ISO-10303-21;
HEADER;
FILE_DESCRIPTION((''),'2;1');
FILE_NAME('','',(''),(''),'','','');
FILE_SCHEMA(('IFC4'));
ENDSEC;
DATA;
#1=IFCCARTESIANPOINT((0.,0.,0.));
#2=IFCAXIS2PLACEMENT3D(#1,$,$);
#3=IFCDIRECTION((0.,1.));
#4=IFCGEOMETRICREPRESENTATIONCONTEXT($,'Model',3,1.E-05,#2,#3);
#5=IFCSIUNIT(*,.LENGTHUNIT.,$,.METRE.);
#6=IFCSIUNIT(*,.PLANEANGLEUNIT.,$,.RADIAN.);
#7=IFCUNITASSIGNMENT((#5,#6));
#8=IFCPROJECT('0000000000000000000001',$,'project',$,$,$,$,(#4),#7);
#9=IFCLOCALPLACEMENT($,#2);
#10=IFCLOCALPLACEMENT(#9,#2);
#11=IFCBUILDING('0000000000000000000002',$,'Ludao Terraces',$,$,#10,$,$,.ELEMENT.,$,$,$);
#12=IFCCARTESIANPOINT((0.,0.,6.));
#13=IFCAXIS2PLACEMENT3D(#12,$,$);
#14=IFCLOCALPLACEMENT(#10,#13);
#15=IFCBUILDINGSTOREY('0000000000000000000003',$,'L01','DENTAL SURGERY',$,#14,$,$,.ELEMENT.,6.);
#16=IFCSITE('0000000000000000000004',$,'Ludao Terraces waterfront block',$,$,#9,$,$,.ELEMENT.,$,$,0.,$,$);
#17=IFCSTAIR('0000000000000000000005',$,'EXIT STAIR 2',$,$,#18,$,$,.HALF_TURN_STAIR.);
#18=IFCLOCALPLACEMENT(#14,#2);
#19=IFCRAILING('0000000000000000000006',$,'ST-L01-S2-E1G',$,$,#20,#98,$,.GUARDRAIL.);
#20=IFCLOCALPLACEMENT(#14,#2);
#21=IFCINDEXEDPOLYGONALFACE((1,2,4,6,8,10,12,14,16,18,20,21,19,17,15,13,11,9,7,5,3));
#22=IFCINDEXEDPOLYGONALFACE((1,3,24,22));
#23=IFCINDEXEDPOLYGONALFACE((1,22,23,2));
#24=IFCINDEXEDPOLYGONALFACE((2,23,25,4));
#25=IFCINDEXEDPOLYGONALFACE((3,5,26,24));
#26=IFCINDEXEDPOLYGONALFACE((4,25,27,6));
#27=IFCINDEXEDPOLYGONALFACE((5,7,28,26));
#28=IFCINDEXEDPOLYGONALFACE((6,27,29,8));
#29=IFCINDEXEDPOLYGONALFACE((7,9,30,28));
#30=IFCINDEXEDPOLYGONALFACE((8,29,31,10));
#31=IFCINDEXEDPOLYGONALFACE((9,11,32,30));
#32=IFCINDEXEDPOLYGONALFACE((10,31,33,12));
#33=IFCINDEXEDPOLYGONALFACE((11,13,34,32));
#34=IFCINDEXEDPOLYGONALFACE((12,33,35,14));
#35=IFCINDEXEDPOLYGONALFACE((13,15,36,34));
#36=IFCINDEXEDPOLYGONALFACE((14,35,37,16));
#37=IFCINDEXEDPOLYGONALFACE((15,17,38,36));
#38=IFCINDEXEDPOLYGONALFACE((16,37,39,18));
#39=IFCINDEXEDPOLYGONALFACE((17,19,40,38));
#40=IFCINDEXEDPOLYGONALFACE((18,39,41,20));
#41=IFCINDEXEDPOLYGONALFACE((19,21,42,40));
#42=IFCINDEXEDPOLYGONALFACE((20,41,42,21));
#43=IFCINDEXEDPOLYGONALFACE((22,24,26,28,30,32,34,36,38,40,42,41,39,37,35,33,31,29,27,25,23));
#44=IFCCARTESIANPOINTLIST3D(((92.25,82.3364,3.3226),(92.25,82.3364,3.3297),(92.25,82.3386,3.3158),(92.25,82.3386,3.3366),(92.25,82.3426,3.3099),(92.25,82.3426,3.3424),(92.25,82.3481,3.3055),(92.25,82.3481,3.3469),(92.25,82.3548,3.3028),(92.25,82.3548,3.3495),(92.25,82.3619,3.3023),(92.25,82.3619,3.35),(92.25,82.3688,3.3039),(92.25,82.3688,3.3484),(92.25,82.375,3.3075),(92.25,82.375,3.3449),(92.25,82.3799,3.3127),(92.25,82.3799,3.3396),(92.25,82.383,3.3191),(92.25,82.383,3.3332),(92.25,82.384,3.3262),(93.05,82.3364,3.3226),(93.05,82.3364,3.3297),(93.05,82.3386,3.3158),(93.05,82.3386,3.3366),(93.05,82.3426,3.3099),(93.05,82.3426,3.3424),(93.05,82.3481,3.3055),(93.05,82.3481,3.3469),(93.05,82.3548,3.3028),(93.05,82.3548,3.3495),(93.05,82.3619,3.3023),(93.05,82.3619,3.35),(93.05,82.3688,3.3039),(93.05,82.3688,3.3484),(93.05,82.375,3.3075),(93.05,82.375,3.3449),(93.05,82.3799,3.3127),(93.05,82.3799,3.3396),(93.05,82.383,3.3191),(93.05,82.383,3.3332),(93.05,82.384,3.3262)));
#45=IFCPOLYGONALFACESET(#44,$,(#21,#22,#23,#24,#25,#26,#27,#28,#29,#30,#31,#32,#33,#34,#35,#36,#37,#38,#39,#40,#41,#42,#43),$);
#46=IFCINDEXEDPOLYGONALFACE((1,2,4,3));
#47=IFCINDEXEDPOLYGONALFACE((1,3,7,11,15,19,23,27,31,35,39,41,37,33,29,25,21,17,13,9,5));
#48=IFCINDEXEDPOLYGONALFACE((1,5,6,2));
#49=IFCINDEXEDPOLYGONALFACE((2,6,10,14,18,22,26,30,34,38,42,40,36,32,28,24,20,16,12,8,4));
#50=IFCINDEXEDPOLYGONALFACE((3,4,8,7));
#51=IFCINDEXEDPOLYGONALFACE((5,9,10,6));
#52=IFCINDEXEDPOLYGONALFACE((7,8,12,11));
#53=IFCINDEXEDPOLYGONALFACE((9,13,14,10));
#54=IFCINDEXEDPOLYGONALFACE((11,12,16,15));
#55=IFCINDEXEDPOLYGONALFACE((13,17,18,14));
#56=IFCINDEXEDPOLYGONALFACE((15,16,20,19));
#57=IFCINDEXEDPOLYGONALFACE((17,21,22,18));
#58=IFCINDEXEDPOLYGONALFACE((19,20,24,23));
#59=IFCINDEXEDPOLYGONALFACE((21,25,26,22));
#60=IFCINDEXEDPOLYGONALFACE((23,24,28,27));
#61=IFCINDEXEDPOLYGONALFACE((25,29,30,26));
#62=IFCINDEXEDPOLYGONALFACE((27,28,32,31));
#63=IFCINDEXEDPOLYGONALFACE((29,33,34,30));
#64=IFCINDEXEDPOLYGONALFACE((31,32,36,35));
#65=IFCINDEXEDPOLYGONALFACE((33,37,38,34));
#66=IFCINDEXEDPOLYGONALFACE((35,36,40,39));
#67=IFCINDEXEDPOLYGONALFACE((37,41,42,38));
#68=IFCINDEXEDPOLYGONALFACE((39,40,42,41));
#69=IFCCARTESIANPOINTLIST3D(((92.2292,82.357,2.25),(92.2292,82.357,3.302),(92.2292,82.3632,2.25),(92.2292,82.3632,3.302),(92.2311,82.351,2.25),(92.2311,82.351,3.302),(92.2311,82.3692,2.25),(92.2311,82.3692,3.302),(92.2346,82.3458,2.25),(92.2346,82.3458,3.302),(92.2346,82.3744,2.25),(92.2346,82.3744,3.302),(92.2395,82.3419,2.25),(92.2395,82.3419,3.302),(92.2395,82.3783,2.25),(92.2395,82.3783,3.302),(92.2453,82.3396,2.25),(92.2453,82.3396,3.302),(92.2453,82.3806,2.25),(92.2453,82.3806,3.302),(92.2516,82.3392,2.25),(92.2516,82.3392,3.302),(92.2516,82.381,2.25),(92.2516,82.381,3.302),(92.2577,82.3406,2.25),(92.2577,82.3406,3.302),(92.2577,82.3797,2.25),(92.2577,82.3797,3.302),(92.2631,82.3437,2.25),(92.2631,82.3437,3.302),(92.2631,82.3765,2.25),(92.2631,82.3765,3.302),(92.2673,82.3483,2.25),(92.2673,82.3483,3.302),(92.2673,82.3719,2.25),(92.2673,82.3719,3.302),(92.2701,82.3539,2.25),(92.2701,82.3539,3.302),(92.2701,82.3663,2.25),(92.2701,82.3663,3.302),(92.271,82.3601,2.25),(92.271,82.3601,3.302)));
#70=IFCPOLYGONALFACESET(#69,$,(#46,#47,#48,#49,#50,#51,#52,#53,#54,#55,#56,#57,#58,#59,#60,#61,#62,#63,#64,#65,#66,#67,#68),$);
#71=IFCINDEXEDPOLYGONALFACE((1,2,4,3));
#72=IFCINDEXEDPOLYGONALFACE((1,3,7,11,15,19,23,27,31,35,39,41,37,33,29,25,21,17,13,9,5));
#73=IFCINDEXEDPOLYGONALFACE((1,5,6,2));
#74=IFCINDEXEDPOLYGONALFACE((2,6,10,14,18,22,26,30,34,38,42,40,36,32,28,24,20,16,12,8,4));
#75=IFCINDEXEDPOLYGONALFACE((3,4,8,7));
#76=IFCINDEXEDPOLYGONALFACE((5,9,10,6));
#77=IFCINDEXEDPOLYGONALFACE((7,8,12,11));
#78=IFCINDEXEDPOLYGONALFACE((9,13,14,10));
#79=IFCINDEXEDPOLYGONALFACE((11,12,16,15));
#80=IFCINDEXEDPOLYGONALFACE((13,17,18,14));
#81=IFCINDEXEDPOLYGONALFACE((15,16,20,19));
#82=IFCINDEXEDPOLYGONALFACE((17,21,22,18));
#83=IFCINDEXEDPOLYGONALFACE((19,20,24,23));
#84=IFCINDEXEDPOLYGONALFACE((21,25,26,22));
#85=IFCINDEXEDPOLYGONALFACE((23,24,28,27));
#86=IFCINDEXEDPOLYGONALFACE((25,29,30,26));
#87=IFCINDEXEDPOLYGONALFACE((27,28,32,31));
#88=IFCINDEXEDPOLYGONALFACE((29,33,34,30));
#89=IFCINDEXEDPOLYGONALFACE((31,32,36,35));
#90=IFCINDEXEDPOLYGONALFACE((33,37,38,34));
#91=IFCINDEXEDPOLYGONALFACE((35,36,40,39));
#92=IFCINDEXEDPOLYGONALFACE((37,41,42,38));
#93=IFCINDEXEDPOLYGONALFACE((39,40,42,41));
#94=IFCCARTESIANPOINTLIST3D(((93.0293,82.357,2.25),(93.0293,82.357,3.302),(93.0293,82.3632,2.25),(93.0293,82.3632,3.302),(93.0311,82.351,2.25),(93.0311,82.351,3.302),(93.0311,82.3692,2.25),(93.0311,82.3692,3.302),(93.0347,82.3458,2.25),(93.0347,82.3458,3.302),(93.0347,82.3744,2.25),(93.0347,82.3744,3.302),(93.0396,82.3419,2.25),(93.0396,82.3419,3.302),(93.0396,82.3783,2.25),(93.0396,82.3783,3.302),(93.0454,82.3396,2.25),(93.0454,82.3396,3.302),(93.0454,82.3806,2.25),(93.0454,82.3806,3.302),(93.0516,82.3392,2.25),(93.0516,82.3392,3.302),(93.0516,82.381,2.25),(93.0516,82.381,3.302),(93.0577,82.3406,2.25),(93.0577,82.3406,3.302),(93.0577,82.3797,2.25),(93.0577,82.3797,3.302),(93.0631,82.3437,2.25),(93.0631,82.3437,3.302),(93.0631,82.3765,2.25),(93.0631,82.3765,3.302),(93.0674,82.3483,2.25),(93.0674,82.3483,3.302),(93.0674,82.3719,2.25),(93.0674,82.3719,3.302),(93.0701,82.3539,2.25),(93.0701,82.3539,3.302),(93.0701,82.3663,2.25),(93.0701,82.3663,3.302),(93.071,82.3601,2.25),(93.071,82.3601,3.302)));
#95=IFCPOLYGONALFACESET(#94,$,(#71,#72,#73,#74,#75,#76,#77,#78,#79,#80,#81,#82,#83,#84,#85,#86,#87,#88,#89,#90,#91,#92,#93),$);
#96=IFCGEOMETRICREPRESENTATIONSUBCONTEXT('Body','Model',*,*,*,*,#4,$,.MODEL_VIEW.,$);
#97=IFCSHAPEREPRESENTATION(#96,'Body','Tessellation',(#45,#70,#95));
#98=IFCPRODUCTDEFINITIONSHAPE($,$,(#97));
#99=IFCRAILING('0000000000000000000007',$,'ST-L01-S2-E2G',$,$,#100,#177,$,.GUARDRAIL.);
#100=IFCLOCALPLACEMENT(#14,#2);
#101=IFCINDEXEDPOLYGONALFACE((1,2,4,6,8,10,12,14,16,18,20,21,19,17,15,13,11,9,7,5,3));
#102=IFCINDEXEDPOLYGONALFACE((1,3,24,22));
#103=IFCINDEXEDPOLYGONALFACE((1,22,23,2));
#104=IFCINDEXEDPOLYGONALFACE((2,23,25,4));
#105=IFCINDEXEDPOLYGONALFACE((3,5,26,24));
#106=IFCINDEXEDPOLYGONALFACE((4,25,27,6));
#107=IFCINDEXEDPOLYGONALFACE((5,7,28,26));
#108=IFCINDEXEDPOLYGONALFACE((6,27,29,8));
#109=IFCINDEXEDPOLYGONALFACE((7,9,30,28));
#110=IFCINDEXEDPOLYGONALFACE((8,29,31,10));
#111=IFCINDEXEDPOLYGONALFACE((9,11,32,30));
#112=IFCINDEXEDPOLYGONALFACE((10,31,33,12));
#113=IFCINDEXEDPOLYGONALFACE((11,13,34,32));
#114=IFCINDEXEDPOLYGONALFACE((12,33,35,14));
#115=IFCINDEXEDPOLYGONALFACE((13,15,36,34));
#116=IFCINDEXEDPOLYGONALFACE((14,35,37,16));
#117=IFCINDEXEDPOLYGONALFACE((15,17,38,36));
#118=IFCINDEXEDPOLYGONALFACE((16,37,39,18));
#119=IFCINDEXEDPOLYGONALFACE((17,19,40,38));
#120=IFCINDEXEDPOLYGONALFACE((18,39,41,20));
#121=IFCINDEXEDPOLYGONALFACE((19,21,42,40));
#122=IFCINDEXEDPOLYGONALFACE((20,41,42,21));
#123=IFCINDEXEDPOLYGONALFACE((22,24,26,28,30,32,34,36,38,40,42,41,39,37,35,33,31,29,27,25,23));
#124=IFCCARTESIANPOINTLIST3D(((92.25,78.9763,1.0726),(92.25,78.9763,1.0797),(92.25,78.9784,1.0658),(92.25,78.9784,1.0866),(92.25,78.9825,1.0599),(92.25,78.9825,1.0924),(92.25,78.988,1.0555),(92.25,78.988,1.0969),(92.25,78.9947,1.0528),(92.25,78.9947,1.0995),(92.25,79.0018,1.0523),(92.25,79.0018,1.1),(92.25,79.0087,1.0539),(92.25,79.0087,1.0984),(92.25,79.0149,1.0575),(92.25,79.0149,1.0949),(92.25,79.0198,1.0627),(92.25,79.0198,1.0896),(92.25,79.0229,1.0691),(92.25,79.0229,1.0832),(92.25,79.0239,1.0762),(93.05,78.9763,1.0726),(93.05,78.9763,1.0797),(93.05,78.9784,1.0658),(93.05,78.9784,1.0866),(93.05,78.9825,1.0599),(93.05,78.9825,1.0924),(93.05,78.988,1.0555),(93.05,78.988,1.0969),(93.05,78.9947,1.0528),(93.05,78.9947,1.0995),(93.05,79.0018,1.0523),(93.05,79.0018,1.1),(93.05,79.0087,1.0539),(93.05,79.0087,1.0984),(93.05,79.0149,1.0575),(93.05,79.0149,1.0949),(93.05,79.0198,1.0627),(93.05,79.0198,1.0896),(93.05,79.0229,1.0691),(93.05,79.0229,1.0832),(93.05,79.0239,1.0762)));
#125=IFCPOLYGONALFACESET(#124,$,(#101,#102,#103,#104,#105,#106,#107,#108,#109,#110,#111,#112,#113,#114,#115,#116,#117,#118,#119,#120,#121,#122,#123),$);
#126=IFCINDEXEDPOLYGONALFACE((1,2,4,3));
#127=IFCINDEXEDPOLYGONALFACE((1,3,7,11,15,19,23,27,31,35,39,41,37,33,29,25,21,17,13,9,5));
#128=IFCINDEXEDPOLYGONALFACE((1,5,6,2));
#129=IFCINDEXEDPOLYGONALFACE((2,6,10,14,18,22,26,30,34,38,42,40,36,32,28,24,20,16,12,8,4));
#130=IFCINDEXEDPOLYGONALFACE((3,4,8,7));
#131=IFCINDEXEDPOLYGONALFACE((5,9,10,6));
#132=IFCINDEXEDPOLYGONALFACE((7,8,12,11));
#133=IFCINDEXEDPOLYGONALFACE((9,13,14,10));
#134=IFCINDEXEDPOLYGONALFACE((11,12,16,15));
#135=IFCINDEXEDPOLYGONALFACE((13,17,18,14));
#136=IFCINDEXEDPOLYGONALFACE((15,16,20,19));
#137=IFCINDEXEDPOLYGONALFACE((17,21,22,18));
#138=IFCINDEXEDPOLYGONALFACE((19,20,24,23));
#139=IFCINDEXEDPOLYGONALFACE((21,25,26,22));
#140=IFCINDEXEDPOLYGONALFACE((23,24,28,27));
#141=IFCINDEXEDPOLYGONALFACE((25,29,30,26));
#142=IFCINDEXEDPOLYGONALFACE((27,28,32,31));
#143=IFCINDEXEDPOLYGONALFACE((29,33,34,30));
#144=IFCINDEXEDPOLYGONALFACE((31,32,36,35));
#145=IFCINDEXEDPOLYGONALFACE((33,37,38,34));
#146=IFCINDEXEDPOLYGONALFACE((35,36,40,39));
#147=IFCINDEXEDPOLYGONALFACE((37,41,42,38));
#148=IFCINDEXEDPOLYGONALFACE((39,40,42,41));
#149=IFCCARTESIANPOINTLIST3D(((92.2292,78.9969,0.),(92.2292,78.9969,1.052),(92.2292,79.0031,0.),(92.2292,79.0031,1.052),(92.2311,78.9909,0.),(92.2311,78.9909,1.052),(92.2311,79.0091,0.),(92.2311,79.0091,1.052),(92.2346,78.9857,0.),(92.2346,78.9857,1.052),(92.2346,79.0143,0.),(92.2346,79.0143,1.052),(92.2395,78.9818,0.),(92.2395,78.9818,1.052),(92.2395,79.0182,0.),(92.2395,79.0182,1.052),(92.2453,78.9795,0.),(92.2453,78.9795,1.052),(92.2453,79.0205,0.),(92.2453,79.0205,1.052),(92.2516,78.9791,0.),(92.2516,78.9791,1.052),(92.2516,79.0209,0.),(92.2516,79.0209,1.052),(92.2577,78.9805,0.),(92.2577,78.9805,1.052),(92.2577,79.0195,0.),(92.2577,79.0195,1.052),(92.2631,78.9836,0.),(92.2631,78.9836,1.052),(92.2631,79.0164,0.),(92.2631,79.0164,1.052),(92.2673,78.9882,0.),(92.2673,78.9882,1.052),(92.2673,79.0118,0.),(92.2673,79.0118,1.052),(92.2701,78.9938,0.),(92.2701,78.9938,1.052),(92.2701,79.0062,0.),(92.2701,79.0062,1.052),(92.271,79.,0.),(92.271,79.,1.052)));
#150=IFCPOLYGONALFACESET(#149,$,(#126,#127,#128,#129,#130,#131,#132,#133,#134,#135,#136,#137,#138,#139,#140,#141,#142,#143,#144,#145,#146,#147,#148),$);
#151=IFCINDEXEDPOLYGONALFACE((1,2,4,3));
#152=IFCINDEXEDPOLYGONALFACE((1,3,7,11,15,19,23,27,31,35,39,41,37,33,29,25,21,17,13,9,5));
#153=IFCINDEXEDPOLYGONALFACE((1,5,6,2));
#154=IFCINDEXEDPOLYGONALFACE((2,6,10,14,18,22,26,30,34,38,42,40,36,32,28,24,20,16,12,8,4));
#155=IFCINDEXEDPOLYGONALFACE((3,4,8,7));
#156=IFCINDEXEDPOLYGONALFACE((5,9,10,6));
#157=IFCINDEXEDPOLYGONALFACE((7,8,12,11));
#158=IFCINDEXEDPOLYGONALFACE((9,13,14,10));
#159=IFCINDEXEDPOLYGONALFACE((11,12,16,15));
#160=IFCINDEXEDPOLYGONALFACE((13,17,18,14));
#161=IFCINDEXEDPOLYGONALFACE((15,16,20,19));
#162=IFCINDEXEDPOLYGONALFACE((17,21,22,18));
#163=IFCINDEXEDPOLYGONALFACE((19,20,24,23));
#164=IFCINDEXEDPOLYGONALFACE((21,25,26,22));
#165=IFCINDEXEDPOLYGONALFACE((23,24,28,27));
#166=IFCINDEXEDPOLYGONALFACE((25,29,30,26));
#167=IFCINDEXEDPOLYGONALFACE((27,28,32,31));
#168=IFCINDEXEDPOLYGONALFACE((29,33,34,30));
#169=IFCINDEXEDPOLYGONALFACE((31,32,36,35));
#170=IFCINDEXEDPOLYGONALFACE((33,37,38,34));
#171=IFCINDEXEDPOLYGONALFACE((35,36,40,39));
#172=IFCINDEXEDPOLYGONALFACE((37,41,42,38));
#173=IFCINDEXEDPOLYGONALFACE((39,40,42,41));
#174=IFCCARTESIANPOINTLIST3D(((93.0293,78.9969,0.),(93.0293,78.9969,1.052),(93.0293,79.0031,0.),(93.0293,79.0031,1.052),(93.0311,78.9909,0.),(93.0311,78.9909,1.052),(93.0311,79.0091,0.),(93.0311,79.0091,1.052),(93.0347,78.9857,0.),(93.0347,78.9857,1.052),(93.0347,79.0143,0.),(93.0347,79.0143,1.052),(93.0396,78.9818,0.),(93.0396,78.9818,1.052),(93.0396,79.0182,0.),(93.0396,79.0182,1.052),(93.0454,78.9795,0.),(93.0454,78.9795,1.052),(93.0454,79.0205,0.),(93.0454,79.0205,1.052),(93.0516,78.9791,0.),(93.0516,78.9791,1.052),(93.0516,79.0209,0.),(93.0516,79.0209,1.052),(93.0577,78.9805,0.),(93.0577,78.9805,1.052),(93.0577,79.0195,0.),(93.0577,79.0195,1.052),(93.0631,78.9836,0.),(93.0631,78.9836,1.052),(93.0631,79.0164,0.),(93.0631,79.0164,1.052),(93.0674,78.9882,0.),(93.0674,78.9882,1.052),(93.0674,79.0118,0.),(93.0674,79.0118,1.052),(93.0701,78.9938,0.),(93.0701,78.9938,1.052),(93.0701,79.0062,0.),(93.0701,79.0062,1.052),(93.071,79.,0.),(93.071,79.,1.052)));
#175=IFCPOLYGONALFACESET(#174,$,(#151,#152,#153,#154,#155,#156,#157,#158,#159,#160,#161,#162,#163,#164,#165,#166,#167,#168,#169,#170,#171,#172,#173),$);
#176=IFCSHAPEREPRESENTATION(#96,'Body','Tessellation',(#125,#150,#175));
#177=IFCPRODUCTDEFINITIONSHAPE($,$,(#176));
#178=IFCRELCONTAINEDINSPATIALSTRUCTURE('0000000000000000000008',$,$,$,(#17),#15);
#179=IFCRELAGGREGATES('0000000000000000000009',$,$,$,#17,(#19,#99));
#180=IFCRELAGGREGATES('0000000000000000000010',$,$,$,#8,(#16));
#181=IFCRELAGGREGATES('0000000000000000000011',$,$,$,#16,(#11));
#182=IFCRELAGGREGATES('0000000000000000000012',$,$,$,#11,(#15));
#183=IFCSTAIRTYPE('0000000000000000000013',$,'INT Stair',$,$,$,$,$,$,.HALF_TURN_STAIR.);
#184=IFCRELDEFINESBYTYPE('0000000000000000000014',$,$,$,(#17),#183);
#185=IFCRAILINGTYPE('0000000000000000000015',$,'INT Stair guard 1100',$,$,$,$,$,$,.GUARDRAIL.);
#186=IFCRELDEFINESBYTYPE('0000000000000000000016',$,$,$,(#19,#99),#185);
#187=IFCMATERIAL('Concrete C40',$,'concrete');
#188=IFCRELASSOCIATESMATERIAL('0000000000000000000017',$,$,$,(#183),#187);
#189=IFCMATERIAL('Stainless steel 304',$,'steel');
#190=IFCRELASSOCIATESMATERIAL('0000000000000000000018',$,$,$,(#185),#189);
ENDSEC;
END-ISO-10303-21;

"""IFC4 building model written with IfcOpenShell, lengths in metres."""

from ifc_helpers import new_model, si_unit, direction, frame, origin, origin_2d, place, context, subcontext, project, spatial, circle, extrude, material, type_object, element, aggregate, save


model = new_model("IFC4")

# Units and contexts
model_context = context("Model", 3, precision=1e-05, world=origin(), true_north=direction((0.0, 1.0)))
body_context = subcontext(model_context, "Body", "Model", "MODEL_VIEW")
ifc_project = project(units=[si_unit("LENGTHUNIT", "METRE"), si_unit("PLANEANGLEUNIT", "RADIAN")], contexts=[model_context])

# Site, building, storey
site_placement = place(None, origin())
site = spatial("IfcSite", under=ifc_project, at=site_placement, Name="Ludao Terraces waterfront block", CompositionType="ELEMENT", RefElevation=0.0)
building_placement = place(site_placement, origin())
building = spatial("IfcBuilding", under=site, at=building_placement, Name="Ludao Terraces", CompositionType="ELEMENT")
storey_placement = place(building_placement, frame((0.0, 0.0, 6.0)))
storey = spatial("IfcBuildingStorey", under=building, at=storey_placement, Name="L01", Description="DENTAL SURGERY", CompositionType="ELEMENT", Elevation=6.0)

# Shared definitions
ifc_material_1 = material(Name="Concrete C40", Category="concrete")

# Stair, railings
stair_type = type_object("IfcStairType", Name="INT Stair", PredefinedType="HALF_TURN_STAIR", material=ifc_material_1)
stair_placement = place(storey_placement, origin())
stair = element("IfcStair", 1, at=stair_placement, inside=storey, type_object=stair_type, Name="EXIT STAIR 2", PredefinedType="HALF_TURN_STAIR")
ifc_material_2 = material(Name="Stainless steel 304", Category="steel")
railing_type_1 = type_object("IfcRailingType", Name="INT Stair guard 1100", PredefinedType="GUARDRAIL", material=ifc_material_2)
railing_1_placement = place(storey_placement, frame((92.25, 82.3601, 2.25)))
railing_1 = element("IfcRailing", 2, at=railing_1_placement, type_object=railing_type_1, Name="ST-L01-S2-E1G", PredefinedType="GUARDRAIL", context=body_context, shape_type="SweptSolid", body=[
    extrude(circle(Radius=0.0239, at=origin_2d()), frame((0.0, 0.0, 1.0762), z_axis=(1.0, 0.0, 0.0), x_axis=(0.0, 1.0, 0.0)), (0.0, 0.0, 1.0), 0.8),
    extrude(circle(Radius=0.021, at=origin_2d()), origin(), (0.0, 0.0, 1.0), 1.052),
    extrude(circle(Radius=0.021, at=origin_2d()), frame((0.8, 0.0, 0.0)), (0.0, 0.0, 1.0), 1.052),
])
railing_2_placement = place(storey_placement, frame((92.25, 79.0, 0.0)))
railing_2 = element("IfcRailing", 3, at=railing_2_placement, type_object=railing_type_1, Name="ST-L01-S2-E2G", PredefinedType="GUARDRAIL", context=body_context, shape_type="SweptSolid", body=[
    extrude(circle(Radius=0.0239, at=origin_2d()), frame((0.0, 0.0, 1.0762), z_axis=(1.0, 0.0, 0.0), x_axis=(0.0, 1.0, 0.0)), (0.0, 0.0, 1.0), 0.8),
    extrude(circle(Radius=0.021, at=origin_2d()), origin(), (0.0, 0.0, 1.0), 1.052),
    extrude(circle(Radius=0.021, at=origin_2d()), frame((0.8, 0.0, 0.0)), (0.0, 0.0, 1.0), 1.052),
])
aggregate(stair, [railing_1, railing_2])

save(model, "model.ifc")
